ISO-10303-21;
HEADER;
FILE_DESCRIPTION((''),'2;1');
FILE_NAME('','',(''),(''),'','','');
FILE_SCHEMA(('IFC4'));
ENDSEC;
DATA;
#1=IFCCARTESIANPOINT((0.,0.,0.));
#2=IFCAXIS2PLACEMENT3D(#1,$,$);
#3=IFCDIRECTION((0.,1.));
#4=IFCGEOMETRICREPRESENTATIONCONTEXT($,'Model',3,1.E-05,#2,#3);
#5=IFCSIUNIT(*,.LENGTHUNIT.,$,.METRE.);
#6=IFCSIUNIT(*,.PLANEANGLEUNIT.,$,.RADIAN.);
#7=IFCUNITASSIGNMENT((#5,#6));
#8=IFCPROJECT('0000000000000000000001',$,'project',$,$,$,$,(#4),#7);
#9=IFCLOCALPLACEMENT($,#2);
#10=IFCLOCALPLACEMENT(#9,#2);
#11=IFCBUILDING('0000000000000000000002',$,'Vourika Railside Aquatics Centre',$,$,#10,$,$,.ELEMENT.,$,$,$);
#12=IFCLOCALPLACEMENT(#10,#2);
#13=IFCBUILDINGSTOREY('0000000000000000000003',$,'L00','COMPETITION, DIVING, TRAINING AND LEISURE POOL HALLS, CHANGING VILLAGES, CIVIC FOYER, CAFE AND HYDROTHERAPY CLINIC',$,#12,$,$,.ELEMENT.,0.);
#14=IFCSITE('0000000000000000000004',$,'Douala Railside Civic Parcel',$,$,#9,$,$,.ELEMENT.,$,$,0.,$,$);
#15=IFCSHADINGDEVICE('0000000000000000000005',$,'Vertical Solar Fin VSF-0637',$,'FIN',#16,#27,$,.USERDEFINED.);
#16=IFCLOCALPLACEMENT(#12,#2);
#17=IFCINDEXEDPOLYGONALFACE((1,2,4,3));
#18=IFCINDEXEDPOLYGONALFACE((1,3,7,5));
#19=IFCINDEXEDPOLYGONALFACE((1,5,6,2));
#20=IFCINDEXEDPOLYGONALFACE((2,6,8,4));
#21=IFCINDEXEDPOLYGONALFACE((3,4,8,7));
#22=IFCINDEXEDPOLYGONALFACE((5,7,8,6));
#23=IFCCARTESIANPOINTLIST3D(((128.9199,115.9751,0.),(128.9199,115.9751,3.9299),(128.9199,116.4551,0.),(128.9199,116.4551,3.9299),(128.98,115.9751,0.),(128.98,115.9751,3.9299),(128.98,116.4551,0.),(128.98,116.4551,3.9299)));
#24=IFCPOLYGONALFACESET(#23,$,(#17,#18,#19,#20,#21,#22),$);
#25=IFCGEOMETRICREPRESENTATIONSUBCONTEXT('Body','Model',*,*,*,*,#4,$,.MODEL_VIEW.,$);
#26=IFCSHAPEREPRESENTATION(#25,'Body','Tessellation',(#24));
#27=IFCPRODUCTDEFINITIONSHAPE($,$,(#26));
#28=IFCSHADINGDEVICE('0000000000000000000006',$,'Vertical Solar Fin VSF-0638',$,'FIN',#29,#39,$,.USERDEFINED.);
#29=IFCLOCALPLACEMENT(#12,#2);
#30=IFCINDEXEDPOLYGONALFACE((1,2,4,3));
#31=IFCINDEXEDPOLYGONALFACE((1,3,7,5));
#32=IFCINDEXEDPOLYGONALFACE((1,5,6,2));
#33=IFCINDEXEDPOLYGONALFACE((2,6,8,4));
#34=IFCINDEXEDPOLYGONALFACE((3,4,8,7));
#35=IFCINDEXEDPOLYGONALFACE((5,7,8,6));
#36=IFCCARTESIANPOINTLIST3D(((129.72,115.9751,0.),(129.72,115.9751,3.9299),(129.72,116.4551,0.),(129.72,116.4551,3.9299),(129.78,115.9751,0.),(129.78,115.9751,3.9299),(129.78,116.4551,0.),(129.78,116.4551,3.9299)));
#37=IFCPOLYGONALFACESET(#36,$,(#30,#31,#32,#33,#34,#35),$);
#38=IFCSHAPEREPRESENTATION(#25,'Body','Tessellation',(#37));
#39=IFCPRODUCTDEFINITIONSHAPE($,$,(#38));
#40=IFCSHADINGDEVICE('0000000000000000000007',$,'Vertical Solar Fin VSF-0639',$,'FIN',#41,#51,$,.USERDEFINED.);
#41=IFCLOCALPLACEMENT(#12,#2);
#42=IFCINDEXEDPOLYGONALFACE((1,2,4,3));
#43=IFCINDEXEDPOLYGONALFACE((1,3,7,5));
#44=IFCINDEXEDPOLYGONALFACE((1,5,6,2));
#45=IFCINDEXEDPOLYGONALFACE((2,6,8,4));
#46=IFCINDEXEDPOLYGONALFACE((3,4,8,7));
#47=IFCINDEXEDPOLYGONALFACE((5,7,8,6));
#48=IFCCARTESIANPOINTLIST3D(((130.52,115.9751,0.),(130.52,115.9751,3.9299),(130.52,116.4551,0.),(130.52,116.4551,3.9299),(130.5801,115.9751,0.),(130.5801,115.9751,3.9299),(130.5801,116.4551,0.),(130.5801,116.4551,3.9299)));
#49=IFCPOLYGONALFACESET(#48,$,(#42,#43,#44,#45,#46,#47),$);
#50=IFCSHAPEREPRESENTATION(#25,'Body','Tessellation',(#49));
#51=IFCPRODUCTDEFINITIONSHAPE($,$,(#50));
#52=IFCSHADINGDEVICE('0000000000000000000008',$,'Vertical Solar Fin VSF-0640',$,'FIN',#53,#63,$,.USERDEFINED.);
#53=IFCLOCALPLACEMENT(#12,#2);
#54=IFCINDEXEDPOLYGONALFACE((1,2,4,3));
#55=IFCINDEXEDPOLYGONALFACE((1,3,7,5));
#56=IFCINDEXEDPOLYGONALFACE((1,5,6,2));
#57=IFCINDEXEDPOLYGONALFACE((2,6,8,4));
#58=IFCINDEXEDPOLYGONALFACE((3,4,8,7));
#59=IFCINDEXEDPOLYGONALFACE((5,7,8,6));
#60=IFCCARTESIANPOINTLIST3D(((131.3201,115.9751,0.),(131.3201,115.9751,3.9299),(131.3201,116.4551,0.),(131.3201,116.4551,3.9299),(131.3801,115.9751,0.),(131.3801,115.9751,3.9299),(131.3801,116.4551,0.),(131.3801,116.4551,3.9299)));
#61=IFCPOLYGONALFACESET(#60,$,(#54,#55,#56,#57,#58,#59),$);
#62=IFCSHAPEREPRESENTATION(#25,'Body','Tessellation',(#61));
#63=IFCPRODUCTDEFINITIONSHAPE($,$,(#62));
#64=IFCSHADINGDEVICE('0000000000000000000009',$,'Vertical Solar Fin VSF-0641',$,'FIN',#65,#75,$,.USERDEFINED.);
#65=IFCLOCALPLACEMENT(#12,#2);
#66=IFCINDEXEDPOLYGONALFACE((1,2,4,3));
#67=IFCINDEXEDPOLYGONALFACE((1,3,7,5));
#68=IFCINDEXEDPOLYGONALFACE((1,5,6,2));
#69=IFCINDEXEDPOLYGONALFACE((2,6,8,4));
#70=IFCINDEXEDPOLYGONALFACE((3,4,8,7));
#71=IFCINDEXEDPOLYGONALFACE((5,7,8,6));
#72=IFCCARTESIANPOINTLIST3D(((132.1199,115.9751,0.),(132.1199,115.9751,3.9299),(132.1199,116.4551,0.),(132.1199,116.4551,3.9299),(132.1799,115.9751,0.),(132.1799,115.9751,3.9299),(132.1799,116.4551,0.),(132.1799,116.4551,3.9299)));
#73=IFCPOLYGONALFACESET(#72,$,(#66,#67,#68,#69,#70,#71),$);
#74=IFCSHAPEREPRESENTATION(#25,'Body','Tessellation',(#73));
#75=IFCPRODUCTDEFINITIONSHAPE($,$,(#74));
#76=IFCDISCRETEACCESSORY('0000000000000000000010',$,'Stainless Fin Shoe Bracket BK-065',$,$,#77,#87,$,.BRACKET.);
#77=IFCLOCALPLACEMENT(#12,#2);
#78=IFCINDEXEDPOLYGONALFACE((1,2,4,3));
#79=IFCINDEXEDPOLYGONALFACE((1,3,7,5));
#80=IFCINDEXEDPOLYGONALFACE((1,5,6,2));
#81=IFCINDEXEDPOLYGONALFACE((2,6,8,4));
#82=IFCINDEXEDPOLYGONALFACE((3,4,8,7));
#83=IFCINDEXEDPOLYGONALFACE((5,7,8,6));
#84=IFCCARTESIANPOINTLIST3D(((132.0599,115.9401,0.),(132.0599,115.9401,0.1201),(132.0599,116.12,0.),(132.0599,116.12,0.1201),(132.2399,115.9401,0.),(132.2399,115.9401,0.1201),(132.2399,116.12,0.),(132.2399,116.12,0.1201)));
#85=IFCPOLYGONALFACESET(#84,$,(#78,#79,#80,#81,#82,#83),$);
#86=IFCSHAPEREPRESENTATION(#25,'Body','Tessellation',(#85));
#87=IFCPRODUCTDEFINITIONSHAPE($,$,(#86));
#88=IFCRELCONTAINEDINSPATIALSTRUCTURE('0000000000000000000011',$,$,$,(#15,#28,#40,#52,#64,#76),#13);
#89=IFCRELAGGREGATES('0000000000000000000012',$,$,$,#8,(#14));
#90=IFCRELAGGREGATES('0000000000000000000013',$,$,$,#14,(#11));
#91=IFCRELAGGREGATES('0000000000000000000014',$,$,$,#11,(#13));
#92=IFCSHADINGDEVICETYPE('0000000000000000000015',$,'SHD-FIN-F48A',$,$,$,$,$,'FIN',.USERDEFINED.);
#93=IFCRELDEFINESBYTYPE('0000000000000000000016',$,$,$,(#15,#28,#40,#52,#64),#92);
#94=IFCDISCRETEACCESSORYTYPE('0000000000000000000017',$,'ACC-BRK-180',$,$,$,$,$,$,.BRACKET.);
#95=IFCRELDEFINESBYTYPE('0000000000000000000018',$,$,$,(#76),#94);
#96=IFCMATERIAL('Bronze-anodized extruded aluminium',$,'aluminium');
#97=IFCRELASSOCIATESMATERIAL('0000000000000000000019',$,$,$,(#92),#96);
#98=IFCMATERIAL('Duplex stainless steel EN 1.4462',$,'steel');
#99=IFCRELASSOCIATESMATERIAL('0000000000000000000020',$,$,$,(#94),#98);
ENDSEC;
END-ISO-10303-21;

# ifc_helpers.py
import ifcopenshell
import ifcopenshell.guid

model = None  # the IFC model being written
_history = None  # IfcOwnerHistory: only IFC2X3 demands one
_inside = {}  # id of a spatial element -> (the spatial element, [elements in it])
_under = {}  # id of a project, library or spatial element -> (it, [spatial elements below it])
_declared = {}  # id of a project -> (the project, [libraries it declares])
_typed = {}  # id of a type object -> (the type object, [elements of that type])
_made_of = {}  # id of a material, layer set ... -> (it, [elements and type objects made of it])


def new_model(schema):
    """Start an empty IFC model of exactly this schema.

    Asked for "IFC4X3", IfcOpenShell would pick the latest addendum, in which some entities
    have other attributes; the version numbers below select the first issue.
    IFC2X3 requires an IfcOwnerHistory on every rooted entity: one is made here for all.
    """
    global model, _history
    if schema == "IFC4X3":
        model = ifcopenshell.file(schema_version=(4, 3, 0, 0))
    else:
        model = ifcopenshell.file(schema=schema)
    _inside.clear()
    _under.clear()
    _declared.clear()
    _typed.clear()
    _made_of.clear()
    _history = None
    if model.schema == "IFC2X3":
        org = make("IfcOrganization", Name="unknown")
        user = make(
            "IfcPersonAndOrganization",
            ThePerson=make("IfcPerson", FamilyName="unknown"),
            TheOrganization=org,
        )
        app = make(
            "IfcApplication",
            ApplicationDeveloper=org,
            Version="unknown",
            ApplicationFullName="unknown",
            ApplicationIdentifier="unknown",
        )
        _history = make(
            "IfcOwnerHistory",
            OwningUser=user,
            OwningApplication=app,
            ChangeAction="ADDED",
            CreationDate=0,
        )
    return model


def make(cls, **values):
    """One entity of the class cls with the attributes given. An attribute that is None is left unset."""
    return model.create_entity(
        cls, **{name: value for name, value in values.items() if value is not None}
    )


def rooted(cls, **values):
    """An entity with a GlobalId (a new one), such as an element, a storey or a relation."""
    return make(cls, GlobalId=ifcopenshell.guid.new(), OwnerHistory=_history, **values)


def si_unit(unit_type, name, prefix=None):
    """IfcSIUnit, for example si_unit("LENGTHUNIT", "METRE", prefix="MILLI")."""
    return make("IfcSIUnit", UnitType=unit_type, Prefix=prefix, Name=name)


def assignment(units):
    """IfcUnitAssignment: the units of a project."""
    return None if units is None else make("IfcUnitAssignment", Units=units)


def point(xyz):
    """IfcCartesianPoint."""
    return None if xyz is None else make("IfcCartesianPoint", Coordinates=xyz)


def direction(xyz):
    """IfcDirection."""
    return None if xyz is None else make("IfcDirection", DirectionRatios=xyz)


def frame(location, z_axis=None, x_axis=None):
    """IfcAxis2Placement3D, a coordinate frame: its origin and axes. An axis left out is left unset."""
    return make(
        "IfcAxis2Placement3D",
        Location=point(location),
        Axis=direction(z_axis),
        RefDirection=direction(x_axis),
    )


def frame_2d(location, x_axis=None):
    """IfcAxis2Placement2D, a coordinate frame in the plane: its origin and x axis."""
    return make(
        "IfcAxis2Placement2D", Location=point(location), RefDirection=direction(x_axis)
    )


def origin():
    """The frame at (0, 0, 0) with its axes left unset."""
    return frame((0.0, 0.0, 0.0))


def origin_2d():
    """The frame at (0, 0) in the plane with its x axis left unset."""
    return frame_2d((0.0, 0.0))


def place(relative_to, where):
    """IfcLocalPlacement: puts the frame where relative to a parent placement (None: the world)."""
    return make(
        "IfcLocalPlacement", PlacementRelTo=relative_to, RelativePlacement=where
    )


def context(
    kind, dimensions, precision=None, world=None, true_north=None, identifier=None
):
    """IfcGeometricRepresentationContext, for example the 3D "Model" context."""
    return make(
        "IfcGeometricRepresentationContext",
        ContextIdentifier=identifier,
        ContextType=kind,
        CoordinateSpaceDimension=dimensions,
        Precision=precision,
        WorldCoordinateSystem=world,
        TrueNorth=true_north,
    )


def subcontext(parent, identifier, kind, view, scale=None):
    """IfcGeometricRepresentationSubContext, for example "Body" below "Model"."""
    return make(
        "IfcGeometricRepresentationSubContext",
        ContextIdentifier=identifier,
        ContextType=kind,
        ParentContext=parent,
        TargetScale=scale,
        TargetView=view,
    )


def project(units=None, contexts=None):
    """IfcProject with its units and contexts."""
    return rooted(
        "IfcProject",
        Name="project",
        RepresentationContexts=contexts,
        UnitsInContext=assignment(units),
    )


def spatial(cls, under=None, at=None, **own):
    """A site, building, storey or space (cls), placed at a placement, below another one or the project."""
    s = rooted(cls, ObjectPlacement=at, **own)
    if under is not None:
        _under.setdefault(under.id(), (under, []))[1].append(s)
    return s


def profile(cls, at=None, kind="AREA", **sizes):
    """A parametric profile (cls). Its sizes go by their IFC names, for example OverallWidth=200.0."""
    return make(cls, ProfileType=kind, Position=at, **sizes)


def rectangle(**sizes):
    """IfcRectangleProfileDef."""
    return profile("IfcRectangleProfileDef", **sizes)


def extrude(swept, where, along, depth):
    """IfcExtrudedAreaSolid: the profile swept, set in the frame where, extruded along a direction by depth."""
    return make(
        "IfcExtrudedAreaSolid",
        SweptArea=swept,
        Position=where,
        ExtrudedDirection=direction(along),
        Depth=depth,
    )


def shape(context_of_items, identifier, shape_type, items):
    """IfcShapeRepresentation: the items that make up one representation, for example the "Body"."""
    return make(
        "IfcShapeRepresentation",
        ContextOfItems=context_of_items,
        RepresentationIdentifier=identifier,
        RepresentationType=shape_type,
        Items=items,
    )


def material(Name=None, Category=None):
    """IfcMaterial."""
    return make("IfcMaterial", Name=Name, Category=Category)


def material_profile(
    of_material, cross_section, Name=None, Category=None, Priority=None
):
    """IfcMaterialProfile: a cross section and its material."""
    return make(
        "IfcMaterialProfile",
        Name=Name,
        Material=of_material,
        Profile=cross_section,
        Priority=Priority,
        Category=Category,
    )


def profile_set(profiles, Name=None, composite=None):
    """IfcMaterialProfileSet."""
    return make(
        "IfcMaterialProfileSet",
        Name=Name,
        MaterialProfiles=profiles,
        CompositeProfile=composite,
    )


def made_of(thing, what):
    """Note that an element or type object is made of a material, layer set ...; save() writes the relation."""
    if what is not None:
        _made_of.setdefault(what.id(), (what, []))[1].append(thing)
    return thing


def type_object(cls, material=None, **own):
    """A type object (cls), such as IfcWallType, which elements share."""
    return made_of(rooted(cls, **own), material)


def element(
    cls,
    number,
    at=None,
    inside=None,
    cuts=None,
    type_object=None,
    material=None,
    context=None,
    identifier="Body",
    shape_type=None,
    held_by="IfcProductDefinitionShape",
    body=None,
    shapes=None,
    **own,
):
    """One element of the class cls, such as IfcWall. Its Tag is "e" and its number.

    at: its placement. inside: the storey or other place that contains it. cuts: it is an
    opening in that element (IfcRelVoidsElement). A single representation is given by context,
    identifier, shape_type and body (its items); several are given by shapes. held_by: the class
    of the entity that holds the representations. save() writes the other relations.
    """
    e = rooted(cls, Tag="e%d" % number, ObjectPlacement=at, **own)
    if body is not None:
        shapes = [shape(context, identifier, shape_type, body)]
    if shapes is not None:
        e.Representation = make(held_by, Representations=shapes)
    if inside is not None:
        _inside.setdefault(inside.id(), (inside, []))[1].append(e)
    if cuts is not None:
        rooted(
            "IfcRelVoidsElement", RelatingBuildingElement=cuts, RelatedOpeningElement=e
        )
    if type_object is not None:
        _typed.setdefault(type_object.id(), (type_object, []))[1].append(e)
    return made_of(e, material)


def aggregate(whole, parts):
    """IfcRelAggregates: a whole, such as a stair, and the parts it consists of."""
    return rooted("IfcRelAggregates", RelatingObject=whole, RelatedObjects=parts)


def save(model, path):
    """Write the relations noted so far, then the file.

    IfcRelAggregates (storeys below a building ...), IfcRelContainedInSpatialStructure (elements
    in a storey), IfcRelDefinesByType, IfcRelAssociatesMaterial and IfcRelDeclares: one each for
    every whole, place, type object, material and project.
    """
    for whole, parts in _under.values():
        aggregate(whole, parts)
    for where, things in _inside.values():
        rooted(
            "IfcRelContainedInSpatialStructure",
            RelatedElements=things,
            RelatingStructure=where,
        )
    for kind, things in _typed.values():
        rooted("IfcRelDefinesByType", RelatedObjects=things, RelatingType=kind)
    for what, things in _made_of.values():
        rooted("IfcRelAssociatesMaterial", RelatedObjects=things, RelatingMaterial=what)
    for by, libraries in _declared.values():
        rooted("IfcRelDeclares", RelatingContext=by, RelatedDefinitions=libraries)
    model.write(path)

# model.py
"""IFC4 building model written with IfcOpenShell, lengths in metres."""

from ifc_helpers import new_model, si_unit, direction, frame, origin, origin_2d, place, context, subcontext, project, spatial, rectangle, extrude, material, material_profile, profile_set, type_object, element, save


model = new_model("IFC4")

# Units and contexts
model_context = context("Model", 3, precision=1e-05, world=origin(), true_north=direction((0.0, 1.0)))
body_context = subcontext(model_context, "Body", "Model", "MODEL_VIEW")
ifc_project = project(units=[si_unit("LENGTHUNIT", "METRE"), si_unit("PLANEANGLEUNIT", "RADIAN")], contexts=[model_context])

# Site, building, storey
site_placement = place(None, origin())
site = spatial("IfcSite", under=ifc_project, at=site_placement, Name="Douala Railside Civic Parcel", CompositionType="ELEMENT", RefElevation=0.0)
building_placement = place(site_placement, origin())
building = spatial("IfcBuilding", under=site, at=building_placement, Name="Vourika Railside Aquatics Centre", CompositionType="ELEMENT")
storey_placement = place(building_placement, origin())
storey = spatial("IfcBuildingStorey", under=building, at=storey_placement, Name="L00", Description="COMPETITION, DIVING, TRAINING AND LEISURE POOL HALLS, CHANGING VILLAGES, CIVIC FOYER, CAFE AND HYDROTHERAPY CLINIC", CompositionType="ELEMENT", Elevation=0.0)

# Shading devices
ifc_material_1 = material(Name="Bronze-anodized extruded aluminium", Category="aluminium")
ifc_material_profile_1 = material_profile(ifc_material_1, rectangle(XDim=0.0601, YDim=0.48, at=origin_2d()), Name="ALU-FIN 60x480")
ifc_profile_set_1 = profile_set([ifc_material_profile_1], Name="Bronze-anodized extruded aluminium")
shading_device_type = type_object("IfcShadingDeviceType", Name="SHD-FIN-F48A", ElementType="FIN", PredefinedType="USERDEFINED", material=ifc_profile_set_1)
for number, where, z_axis, x_axis, name in (
    (1, (128.95, 116.2151, 0.0), (0.0, 0.0, 1.0), (1.0, 0.0, 0.0), "Vertical Solar Fin VSF-0637"),
    (2, (129.75, 116.2151, 0.0), (0.0, 0.0, 1.0), (1.0, 0.0, 0.0), "Vertical Solar Fin VSF-0638"),
    (3, (130.55, 116.2151, 0.0), (0.0, 0.0, 1.0), (1.0, 0.0, 0.0), "Vertical Solar Fin VSF-0639"),
    (4, (131.3501, 116.2151, 0.0), (0.0, 0.0, 1.0), (1.0, 0.0, 0.0), "Vertical Solar Fin VSF-0640"),
    (5, (132.1499, 116.2151, 0.0), (0.0, 0.0, 1.0), (1.0, 0.0, 0.0), "Vertical Solar Fin VSF-0641"),
):
    element("IfcShadingDevice", number, at=place(storey_placement, frame(where, z_axis=z_axis, x_axis=x_axis)), inside=storey, type_object=shading_device_type, Name=name, ObjectType="FIN", PredefinedType="USERDEFINED", context=body_context, shape_type="SweptSolid", body=[
        extrude(rectangle(XDim=0.0601, YDim=0.48, at=origin_2d()), origin(), (0.0, 0.0, 1.0), 3.9299),
    ])

# Discrete accessory
ifc_material_2 = material(Name="Duplex stainless steel EN 1.4462", Category="steel")
discrete_accessory_type = type_object("IfcDiscreteAccessoryType", Name="ACC-BRK-180", PredefinedType="BRACKET", material=ifc_material_2)
discrete_accessory_placement = place(storey_placement, frame((132.1499, 116.03, 0.0), z_axis=(0.0, 0.0, 1.0), x_axis=(0.0, 1.0, 0.0)))
element("IfcDiscreteAccessory", 6, at=discrete_accessory_placement, inside=storey, type_object=discrete_accessory_type, Name="Stainless Fin Shoe Bracket BK-065", PredefinedType="BRACKET", context=body_context, shape_type="SweptSolid", body=[
    extrude(rectangle(XDim=0.1799, YDim=0.1799, at=origin_2d()), origin(), (0.0, 0.0, 1.0), 0.1201),
])

save(model, "model.ifc")
